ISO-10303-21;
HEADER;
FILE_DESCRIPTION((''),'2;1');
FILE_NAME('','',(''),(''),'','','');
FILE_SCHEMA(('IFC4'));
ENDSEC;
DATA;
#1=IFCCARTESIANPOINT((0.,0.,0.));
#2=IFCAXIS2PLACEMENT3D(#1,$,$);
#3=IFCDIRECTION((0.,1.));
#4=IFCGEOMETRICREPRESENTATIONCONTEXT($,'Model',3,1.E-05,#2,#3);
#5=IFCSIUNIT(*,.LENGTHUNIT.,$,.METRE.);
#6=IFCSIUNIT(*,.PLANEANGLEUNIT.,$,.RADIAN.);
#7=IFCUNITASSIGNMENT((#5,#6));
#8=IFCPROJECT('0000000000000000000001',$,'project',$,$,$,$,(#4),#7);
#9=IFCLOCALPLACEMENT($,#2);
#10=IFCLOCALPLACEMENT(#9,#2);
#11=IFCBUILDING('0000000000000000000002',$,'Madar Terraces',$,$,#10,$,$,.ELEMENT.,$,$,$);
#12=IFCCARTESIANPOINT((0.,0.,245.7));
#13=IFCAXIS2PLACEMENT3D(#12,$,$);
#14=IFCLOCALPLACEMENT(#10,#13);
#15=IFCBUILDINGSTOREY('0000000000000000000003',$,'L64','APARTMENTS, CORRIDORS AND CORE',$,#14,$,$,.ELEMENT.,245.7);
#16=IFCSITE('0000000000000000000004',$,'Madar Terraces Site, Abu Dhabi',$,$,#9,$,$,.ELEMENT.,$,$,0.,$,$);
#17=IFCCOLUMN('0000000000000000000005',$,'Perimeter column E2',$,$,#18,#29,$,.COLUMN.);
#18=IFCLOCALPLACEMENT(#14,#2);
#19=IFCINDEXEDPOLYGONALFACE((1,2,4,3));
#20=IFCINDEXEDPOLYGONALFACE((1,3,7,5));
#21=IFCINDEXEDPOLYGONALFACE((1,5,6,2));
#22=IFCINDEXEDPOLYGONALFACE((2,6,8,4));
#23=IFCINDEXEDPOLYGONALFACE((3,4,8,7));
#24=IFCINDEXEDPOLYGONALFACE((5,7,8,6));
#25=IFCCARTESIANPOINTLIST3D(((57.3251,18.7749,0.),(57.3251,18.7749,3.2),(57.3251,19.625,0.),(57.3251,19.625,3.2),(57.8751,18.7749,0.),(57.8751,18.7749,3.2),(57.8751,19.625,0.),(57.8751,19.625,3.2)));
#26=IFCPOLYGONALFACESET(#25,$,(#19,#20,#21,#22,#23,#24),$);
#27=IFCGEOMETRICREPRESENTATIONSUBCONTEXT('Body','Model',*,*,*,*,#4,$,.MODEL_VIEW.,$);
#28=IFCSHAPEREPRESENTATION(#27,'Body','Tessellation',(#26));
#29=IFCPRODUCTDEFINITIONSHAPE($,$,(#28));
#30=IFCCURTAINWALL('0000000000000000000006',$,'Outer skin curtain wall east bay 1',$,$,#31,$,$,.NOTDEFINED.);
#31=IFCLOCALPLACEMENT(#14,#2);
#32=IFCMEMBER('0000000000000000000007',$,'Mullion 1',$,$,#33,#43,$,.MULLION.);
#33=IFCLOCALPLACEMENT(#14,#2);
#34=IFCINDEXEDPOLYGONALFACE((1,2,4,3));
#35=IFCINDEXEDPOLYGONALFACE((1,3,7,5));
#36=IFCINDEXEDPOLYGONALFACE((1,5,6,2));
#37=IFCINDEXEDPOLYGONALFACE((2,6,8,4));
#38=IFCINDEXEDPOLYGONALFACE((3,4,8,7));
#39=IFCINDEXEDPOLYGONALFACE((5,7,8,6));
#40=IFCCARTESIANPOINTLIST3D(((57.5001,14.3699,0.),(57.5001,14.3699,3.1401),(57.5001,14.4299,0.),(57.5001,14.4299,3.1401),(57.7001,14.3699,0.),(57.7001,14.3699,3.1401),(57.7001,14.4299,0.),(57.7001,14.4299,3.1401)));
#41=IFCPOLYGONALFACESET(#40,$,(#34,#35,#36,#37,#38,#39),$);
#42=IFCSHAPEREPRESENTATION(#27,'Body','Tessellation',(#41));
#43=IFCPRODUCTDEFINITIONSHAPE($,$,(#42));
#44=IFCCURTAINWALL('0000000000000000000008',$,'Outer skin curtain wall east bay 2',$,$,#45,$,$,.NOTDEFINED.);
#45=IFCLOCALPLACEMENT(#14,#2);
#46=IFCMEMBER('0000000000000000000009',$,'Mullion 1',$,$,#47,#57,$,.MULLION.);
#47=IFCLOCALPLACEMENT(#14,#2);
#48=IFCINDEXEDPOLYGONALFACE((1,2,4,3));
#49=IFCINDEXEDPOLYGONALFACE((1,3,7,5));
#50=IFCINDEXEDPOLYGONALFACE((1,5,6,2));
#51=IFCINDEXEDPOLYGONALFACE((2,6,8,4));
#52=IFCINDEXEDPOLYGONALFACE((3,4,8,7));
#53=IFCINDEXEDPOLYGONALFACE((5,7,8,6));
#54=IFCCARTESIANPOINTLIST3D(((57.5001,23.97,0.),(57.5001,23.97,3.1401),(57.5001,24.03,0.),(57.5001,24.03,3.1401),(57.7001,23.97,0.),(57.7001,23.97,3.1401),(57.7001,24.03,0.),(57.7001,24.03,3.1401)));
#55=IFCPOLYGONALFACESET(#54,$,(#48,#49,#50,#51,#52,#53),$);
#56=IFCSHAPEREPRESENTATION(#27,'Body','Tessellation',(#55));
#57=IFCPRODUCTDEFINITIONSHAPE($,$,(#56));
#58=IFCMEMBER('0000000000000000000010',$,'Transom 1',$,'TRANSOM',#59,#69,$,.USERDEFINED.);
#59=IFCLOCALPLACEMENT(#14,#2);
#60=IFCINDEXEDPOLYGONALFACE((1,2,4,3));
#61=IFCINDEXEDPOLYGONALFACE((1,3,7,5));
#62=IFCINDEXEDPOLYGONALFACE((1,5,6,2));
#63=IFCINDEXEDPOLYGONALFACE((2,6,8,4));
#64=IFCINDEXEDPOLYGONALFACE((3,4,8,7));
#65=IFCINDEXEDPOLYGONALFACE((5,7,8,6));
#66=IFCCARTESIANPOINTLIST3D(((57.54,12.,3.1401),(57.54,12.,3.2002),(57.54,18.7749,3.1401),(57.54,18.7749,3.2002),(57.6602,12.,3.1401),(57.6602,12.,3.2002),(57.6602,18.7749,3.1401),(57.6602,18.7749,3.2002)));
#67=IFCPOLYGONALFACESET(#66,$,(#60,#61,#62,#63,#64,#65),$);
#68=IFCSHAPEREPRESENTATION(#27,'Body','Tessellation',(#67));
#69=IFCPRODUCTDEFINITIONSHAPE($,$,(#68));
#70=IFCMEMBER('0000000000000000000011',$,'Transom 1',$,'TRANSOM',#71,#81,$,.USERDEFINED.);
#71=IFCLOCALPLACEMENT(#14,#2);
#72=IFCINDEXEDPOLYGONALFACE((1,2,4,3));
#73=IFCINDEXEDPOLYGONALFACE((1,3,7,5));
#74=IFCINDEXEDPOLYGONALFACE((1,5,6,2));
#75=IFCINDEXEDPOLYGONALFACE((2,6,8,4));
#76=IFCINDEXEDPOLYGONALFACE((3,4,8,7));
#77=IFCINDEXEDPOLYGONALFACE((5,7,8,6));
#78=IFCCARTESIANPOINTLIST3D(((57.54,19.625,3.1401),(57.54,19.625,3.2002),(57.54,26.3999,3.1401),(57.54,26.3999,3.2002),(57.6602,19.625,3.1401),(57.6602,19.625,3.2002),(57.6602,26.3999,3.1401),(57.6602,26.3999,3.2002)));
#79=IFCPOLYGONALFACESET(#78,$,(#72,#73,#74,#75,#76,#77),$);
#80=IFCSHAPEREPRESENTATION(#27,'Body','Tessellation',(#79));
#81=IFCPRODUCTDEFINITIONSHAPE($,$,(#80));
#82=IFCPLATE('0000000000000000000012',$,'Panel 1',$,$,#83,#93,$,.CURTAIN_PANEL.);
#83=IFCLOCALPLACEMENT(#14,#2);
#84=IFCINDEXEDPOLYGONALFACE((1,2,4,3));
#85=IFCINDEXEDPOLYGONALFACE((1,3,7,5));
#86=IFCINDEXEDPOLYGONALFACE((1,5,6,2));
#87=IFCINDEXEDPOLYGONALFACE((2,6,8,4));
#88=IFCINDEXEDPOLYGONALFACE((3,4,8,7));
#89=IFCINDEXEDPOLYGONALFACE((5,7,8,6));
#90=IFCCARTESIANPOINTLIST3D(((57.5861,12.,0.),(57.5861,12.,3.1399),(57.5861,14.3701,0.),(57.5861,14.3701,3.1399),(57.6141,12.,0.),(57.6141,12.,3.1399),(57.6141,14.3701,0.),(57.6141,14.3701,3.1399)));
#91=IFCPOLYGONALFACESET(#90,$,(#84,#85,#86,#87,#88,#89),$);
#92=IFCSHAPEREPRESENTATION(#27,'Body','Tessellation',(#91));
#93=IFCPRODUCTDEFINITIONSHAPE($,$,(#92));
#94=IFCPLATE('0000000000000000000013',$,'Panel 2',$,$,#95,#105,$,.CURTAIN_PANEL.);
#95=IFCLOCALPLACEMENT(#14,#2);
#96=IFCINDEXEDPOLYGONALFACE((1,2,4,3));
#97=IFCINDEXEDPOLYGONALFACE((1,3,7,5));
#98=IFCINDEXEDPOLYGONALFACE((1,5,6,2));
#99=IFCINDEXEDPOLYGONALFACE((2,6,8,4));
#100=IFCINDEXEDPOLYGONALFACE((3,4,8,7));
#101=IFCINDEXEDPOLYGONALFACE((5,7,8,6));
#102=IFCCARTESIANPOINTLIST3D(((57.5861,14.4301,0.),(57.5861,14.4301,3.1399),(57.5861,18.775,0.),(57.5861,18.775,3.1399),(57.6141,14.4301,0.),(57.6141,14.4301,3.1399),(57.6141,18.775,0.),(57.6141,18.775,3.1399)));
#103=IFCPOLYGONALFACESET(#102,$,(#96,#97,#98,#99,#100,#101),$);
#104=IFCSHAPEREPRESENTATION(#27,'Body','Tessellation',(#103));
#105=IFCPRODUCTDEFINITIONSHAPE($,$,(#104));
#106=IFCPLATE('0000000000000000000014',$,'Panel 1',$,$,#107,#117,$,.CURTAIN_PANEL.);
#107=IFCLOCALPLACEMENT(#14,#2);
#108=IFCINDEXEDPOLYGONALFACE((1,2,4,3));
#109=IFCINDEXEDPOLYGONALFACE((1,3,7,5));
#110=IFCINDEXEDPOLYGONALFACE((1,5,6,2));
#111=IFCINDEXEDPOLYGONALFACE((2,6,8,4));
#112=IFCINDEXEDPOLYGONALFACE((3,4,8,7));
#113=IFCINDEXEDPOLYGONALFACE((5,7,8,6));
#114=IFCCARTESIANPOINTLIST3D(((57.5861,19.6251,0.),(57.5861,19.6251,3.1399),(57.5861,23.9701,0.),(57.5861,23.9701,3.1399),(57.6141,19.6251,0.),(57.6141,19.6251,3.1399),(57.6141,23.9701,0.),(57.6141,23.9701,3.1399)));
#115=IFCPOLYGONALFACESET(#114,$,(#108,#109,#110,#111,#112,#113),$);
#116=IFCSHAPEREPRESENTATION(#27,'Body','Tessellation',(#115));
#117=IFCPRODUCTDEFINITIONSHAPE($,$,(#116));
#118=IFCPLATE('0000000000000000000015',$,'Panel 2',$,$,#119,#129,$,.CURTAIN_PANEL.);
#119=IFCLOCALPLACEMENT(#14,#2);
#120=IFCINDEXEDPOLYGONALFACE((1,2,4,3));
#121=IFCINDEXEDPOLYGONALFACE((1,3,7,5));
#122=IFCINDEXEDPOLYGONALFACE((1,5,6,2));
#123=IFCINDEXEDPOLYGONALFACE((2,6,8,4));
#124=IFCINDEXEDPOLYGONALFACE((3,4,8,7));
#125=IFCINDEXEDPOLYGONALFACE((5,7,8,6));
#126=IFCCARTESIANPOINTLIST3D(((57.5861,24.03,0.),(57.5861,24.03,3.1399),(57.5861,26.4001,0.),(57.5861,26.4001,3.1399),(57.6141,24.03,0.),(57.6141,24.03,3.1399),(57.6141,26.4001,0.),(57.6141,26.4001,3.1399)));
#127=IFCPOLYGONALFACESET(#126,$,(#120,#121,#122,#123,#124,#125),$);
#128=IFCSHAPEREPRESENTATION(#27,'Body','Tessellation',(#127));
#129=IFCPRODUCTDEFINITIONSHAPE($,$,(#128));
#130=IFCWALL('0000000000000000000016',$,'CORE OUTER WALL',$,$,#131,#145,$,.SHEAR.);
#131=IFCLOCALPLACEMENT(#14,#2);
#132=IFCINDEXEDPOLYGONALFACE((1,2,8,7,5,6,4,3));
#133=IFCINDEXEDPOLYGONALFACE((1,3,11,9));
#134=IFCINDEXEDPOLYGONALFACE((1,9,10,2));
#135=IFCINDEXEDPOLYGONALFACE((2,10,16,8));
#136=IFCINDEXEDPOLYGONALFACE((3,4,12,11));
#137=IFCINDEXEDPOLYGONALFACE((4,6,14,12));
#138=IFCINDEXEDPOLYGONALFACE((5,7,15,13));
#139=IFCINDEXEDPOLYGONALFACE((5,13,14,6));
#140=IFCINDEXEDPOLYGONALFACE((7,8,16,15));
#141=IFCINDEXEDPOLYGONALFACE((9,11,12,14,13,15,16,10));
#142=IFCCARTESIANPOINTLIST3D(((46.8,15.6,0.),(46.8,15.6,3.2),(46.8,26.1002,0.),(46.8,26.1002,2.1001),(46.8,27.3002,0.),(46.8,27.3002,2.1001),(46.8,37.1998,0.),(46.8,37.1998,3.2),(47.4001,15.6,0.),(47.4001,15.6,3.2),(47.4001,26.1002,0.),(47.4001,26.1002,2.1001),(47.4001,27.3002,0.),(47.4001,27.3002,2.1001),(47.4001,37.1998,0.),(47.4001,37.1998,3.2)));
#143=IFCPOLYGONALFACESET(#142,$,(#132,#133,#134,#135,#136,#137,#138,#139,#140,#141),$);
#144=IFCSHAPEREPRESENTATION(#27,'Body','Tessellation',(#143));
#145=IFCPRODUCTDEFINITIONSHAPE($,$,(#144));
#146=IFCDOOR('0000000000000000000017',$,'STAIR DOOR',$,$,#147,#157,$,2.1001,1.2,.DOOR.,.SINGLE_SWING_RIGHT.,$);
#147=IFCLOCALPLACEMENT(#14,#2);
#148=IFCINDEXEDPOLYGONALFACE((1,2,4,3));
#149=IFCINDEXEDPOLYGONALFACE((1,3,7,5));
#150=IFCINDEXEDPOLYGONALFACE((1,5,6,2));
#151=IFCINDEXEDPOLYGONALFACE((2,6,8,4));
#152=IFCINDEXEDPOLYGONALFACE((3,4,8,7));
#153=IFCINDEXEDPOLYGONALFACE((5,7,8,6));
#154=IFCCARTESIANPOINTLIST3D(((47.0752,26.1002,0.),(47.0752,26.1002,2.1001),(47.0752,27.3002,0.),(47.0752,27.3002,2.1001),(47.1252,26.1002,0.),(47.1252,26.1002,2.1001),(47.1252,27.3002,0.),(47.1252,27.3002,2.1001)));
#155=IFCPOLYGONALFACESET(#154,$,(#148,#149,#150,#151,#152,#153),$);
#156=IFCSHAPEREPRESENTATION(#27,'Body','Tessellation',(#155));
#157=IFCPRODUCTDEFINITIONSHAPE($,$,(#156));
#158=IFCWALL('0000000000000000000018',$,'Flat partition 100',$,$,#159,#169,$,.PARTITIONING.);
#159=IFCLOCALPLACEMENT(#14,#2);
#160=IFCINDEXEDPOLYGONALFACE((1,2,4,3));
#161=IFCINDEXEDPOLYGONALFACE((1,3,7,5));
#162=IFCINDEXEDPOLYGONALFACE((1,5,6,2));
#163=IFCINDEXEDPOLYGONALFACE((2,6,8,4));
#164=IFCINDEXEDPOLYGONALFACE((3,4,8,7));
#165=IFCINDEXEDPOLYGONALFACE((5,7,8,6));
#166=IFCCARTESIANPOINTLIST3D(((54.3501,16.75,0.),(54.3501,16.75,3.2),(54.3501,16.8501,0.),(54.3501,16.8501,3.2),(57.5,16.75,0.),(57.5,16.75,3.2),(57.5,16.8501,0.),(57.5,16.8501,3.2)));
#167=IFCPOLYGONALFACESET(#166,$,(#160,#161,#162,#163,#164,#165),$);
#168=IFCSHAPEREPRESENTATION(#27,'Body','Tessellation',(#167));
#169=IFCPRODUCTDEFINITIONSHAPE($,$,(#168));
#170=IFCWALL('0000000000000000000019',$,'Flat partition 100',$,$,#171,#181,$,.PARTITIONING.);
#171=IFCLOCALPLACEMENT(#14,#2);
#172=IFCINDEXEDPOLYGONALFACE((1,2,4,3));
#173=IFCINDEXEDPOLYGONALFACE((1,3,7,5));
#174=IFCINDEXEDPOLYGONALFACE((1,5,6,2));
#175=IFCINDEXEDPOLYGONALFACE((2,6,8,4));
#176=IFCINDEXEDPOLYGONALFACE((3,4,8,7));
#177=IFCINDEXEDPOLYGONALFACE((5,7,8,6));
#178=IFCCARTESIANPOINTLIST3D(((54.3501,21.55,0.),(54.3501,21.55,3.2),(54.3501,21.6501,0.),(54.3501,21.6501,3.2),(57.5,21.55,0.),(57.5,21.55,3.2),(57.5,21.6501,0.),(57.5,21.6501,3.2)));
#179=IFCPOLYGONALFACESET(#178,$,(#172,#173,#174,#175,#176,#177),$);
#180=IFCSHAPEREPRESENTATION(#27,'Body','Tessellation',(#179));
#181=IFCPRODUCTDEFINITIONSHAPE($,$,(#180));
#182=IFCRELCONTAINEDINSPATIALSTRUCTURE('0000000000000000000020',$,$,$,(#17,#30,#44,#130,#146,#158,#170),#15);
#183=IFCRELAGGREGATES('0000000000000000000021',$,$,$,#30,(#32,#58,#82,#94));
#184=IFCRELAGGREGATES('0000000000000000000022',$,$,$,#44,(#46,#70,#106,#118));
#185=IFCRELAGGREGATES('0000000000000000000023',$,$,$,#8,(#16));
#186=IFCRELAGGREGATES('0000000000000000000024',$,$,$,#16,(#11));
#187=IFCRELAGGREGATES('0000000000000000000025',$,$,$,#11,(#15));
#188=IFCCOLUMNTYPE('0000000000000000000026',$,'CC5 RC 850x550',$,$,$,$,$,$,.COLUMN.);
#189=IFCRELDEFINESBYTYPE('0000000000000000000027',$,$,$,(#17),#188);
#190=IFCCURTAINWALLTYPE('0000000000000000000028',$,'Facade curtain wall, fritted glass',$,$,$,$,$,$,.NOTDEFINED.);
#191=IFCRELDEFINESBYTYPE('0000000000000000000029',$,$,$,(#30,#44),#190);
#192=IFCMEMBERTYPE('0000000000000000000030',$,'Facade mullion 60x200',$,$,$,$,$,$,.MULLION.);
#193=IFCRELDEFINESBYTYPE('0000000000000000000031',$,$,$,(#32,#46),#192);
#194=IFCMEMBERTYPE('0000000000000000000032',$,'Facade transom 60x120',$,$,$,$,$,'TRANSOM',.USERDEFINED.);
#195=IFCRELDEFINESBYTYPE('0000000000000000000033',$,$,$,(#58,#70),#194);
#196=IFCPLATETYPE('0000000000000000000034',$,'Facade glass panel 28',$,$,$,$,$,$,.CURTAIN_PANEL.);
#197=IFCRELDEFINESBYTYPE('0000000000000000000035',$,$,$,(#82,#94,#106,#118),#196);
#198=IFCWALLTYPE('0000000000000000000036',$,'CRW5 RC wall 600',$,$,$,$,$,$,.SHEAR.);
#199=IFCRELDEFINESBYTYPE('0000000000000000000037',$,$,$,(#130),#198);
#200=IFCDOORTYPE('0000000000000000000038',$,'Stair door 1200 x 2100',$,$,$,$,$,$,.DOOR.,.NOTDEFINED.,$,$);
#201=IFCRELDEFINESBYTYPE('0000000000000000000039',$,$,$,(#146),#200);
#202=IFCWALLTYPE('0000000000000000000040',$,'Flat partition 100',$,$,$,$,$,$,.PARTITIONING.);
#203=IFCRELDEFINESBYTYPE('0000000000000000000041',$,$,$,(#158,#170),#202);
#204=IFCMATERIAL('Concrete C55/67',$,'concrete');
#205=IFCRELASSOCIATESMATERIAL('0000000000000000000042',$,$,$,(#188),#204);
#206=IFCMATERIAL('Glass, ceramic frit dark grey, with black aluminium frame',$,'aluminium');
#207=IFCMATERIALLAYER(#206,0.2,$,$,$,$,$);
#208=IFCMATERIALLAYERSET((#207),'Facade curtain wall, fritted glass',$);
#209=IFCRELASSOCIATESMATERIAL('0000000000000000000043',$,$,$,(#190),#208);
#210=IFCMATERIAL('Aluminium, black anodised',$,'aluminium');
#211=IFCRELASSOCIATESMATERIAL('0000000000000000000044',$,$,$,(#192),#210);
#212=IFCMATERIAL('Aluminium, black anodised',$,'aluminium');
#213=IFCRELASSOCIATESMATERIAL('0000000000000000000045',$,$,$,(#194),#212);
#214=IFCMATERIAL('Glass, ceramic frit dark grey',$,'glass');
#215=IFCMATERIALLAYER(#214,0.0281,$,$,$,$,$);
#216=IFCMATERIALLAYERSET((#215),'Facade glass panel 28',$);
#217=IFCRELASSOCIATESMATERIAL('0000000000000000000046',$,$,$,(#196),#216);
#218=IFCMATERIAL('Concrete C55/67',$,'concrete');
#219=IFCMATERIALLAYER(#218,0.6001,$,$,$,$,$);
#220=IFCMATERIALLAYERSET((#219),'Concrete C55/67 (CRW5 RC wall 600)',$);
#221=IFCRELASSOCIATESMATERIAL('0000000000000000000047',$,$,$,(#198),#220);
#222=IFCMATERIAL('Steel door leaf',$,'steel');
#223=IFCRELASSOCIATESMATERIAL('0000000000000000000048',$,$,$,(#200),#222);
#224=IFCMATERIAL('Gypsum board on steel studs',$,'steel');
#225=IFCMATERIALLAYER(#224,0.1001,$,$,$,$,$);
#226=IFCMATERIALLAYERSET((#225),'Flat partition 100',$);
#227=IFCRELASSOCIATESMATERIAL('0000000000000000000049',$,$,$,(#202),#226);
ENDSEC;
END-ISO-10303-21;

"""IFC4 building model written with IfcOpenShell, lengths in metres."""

from ifc_helpers import new_model, si_unit, direction, frame, frame_2d, origin, origin_2d, place, context, subcontext, project, spatial, rectangle, extrude, material, layer, layer_set, material_profile, profile_set, type_object, element, fill, aggregate, save


model = new_model("IFC4")

# Units and contexts
model_context = context("Model", 3, precision=1e-05, world=origin(), true_north=direction((0.0, 1.0)))
body_context = subcontext(model_context, "Body", "Model", "MODEL_VIEW")
ifc_project = project(units=[si_unit("LENGTHUNIT", "METRE"), si_unit("PLANEANGLEUNIT", "RADIAN")], contexts=[model_context])

# Site, building, storey
site_placement = place(None, origin())
site = spatial("IfcSite", under=ifc_project, at=site_placement, Name="Madar Terraces Site, Abu Dhabi", CompositionType="ELEMENT", RefElevation=0.0)
building_placement = place(site_placement, origin())
building = spatial("IfcBuilding", under=site, at=building_placement, Name="Madar Terraces", CompositionType="ELEMENT")
storey_placement = place(building_placement, frame((0.0, 0.0, 245.7)))
storey = spatial("IfcBuildingStorey", under=building, at=storey_placement, Name="L64", Description="APARTMENTS, CORRIDORS AND CORE", CompositionType="ELEMENT", Elevation=245.7)

# Column
ifc_material_1 = material(Name="Concrete C55/67", Category="concrete")
ifc_material_profile_1 = material_profile(ifc_material_1, rectangle(XDim=0.8501, YDim=0.55, at=origin_2d()), Name="CC5 RC 850x550")
ifc_profile_set_1 = profile_set([ifc_material_profile_1], Name="Concrete C55/67")
column_type = type_object("IfcColumnType", Name="CC5 RC 850x550", PredefinedType="COLUMN", material=ifc_profile_set_1)
column_placement = place(storey_placement, frame((57.6001, 19.2, 0.0), z_axis=(0.0, 0.0, 1.0), x_axis=(0.0, 1.0, 0.0)))
element("IfcColumn", 1, at=column_placement, inside=storey, type_object=column_type, Name="Perimeter column E2", PredefinedType="COLUMN", context=body_context, shape_type="SweptSolid", body=[
    extrude(rectangle(XDim=0.8501, YDim=0.55, at=origin_2d()), origin(), (0.0, 0.0, 1.0), 3.2),
])

# Curtain walls, members
ifc_material_2 = material(Name="Glass, ceramic frit dark grey, with black aluminium frame", Category="aluminium")
ifc_layer_1 = layer(ifc_material_2, 0.2)
ifc_layer_set_1 = layer_set([ifc_layer_1], Name="Facade curtain wall, fritted glass")
curtain_wall_type = type_object("IfcCurtainWallType", Name="Facade curtain wall, fritted glass", PredefinedType="NOTDEFINED", material=ifc_layer_set_1)
curtain_wall_1_placement = place(storey_placement, origin())
curtain_wall_1 = element("IfcCurtainWall", 2, at=curtain_wall_1_placement, inside=storey, type_object=curtain_wall_type, Name="Outer skin curtain wall east bay 1", PredefinedType="NOTDEFINED")
ifc_material_3 = material(Name="Aluminium, black anodised", Category="aluminium")
ifc_material_profile_2 = material_profile(ifc_material_3, rectangle(XDim=0.2, YDim=0.0601, at=origin_2d()), Name="Facade mullion 60x200")
ifc_profile_set_2 = profile_set([ifc_material_profile_2], Name="Aluminium, black anodised")
member_type_1 = type_object("IfcMemberType", Name="Facade mullion 60x200", PredefinedType="MULLION", material=ifc_profile_set_2)
member_1_placement = place(storey_placement, frame((57.6001, 14.3999, 0.0), z_axis=(0.0, 0.0, 1.0), x_axis=(-1.0, 0.0, 0.0)))
member_1 = element("IfcMember", 3, at=member_1_placement, type_object=member_type_1, Name="Mullion 1", PredefinedType="MULLION", context=body_context, shape_type="SweptSolid", body=[
    extrude(rectangle(XDim=0.2, YDim=0.0601, at=origin_2d()), origin(), (0.0, 0.0, 1.0), 3.1401),
])
curtain_wall_2_placement = place(storey_placement, origin())
curtain_wall_2 = element("IfcCurtainWall", 4, at=curtain_wall_2_placement, inside=storey, type_object=curtain_wall_type, Name="Outer skin curtain wall east bay 2", PredefinedType="NOTDEFINED")
member_2_placement = place(storey_placement, frame((57.6001, 24.0, 0.0), z_axis=(0.0, 0.0, 1.0), x_axis=(-1.0, 0.0, 0.0)))
member_2 = element("IfcMember", 5, at=member_2_placement, type_object=member_type_1, Name="Mullion 1", PredefinedType="MULLION", context=body_context, shape_type="SweptSolid", body=[
    extrude(rectangle(XDim=0.2, YDim=0.0601, at=origin_2d()), origin(), (0.0, 0.0, 1.0), 3.1401),
])

# Members
ifc_material_4 = material(Name="Aluminium, black anodised", Category="aluminium")
ifc_material_profile_3 = material_profile(ifc_material_4, rectangle(XDim=0.1201, YDim=0.0601, at=origin_2d()), Name="Facade transom 60x120")
ifc_profile_set_3 = profile_set([ifc_material_profile_3], Name="Aluminium, black anodised")
member_type_2 = type_object("IfcMemberType", Name="Facade transom 60x120", ElementType="TRANSOM", PredefinedType="USERDEFINED", material=ifc_profile_set_3)
member_3_placement = place(storey_placement, frame((57.6001, 12.0, 3.1702), z_axis=(0.0, 1.0, 0.0), x_axis=(-1.0, 0.0, 0.0)))
member_3 = element("IfcMember", 6, at=member_3_placement, type_object=member_type_2, Name="Transom 1", ObjectType="TRANSOM", PredefinedType="USERDEFINED", context=body_context, shape_type="SweptSolid", body=[
    extrude(rectangle(XDim=0.1201, YDim=0.0601, at=origin_2d()), origin(), (0.0, 0.0, 1.0), 6.7749),
])
member_4_placement = place(storey_placement, frame((57.6001, 19.625, 3.1702), z_axis=(0.0, 1.0, 0.0), x_axis=(-1.0, 0.0, 0.0)))
member_4 = element("IfcMember", 7, at=member_4_placement, type_object=member_type_2, Name="Transom 1", ObjectType="TRANSOM", PredefinedType="USERDEFINED", context=body_context, shape_type="SweptSolid", body=[
    extrude(rectangle(XDim=0.1201, YDim=0.0601, at=origin_2d()), origin(), (0.0, 0.0, 1.0), 6.7749),
])

# Plates
ifc_material_5 = material(Name="Glass, ceramic frit dark grey", Category="glass")
ifc_layer_2 = layer(ifc_material_5, 0.0281)
ifc_layer_set_2 = layer_set([ifc_layer_2], Name="Facade glass panel 28")
plate_type = type_object("IfcPlateType", Name="Facade glass panel 28", PredefinedType="CURTAIN_PANEL", material=ifc_layer_set_2)
plate_1_placement = place(storey_placement, frame((57.6001, 13.1851, 0.0), z_axis=(0.0, 0.0, 1.0), x_axis=(0.0, 1.0, 0.0)))
plate_1 = element("IfcPlate", 8, at=plate_1_placement, type_object=plate_type, Name="Panel 1", PredefinedType="CURTAIN_PANEL", context=body_context, shape_type="SweptSolid", body=[
    extrude(rectangle(XDim=2.3701, YDim=0.0281, at=origin_2d()), origin(), (0.0, 0.0, 1.0), 3.1399),
])
plate_2_placement = place(storey_placement, frame((57.6001, 16.6025, 0.0), z_axis=(0.0, 0.0, 1.0), x_axis=(0.0, 1.0, 0.0)))
plate_2 = element("IfcPlate", 9, at=plate_2_placement, type_object=plate_type, Name="Panel 2", PredefinedType="CURTAIN_PANEL", context=body_context, shape_type="SweptSolid", body=[
    extrude(rectangle(XDim=4.345, YDim=0.0281, at=origin_2d()), origin(), (0.0, 0.0, 1.0), 3.1399),
])
aggregate(curtain_wall_1, [member_1, member_3, plate_1, plate_2])
plate_3_placement = place(storey_placement, frame((57.6001, 21.7976, 0.0), z_axis=(0.0, 0.0, 1.0), x_axis=(0.0, 1.0, 0.0)))
plate_3 = element("IfcPlate", 10, at=plate_3_placement, type_object=plate_type, Name="Panel 1", PredefinedType="CURTAIN_PANEL", context=body_context, shape_type="SweptSolid", body=[
    extrude(rectangle(XDim=4.345, YDim=0.0281, at=origin_2d()), origin(), (0.0, 0.0, 1.0), 3.1399),
])
plate_4_placement = place(storey_placement, frame((57.6001, 25.2151, 0.0), z_axis=(0.0, 0.0, 1.0), x_axis=(0.0, 1.0, 0.0)))
plate_4 = element("IfcPlate", 11, at=plate_4_placement, type_object=plate_type, Name="Panel 2", PredefinedType="CURTAIN_PANEL", context=body_context, shape_type="SweptSolid", body=[
    extrude(rectangle(XDim=2.3701, YDim=0.0281, at=origin_2d()), origin(), (0.0, 0.0, 1.0), 3.1399),
])
aggregate(curtain_wall_2, [member_2, member_4, plate_3, plate_4])

# Wall, opening, door
ifc_material_6 = material(Name="Concrete C55/67", Category="concrete")
ifc_layer_3 = layer(ifc_material_6, 0.6001)
ifc_layer_set_3 = layer_set([ifc_layer_3], Name="Concrete C55/67 (CRW5 RC wall 600)")
wall_type_1 = type_object("IfcWallType", Name="CRW5 RC wall 600", PredefinedType="SHEAR", material=ifc_layer_set_3)
wall_1_placement = place(storey_placement, frame((47.1001, 15.6001, 0.0), z_axis=(0.0, 0.0, 1.0), x_axis=(0.0, 1.0, 0.0)))
wall_1 = element("IfcWall", 12, at=wall_1_placement, inside=storey, type_object=wall_type_1, Name="CORE OUTER WALL", PredefinedType="SHEAR", context=body_context, shape_type="SweptSolid", body=[
    extrude(rectangle(XDim=21.5999, YDim=0.6001, at=frame_2d((10.7998, 0.0))), origin(), (0.0, 0.0, 1.0), 3.2),
])
opening_1_placement = place(wall_1_placement, frame((10.5, 0.0, 0.0)))
opening_1 = element("IfcOpeningElement", 13, at=opening_1_placement, cuts=wall_1, PredefinedType="OPENING", context=body_context, shape_type="SweptSolid", body=[
    extrude(rectangle(XDim=1.2, YDim=2.1001, at=frame_2d((0.6001, 1.05))), frame((0.0, 0.3101, 0.0), z_axis=(0.0, -1.0, 0.0), x_axis=(1.0, 0.0, 0.0)), (0.0, 0.0, 1.0), 0.6201),
])
ifc_material_7 = material(Name="Steel door leaf", Category="steel")
door_type_1 = type_object("IfcDoorType", Name="Stair door 1200 x 2100", OperationType="NOTDEFINED", PredefinedType="DOOR", material=ifc_material_7)
door_1_placement = place(opening_1_placement, origin())
door_1 = element("IfcDoor", 14, at=door_1_placement, inside=storey, type_object=door_type_1, Name="STAIR DOOR", OperationType="SINGLE_SWING_RIGHT", OverallHeight=2.1001, OverallWidth=1.2, PredefinedType="DOOR", context=body_context, shape_type="SweptSolid", body=[
    extrude(rectangle(XDim=1.2, YDim=2.1001, at=frame_2d((0.6001, 1.05))), frame((0.0, 0.0249, 0.0), z_axis=(0.0, -1.0, 0.0), x_axis=(1.0, 0.0, 0.0)), (0.0, 0.0, 1.0), 0.05),
])
fill(opening_1, door_1)

# Walls
ifc_material_8 = material(Name="Gypsum board on steel studs", Category="steel")
ifc_layer_4 = layer(ifc_material_8, 0.1001)
ifc_layer_set_4 = layer_set([ifc_layer_4], Name="Flat partition 100")
wall_type_2 = type_object("IfcWallType", Name="Flat partition 100", PredefinedType="PARTITIONING", material=ifc_layer_set_4)
for number, where, z_axis, x_axis, name in (
    (15, (54.3501, 16.8, 0.0), (0.0, 0.0, 1.0), (1.0, 0.0, 0.0), "Flat partition 100"),
    (16, (54.3501, 21.6001, 0.0), (0.0, 0.0, 1.0), (1.0, 0.0, 0.0), "Flat partition 100"),
):
    element("IfcWall", number, at=place(storey_placement, frame(where, z_axis=z_axis, x_axis=x_axis)), inside=storey, type_object=wall_type_2, Name=name, PredefinedType="PARTITIONING", context=body_context, shape_type="SweptSolid", body=[
        extrude(rectangle(XDim=3.1499, YDim=0.1001, at=frame_2d((1.575, 0.0))), origin(), (0.0, 0.0, 1.0), 3.2),
    ])

save(model, "model.ifc")
